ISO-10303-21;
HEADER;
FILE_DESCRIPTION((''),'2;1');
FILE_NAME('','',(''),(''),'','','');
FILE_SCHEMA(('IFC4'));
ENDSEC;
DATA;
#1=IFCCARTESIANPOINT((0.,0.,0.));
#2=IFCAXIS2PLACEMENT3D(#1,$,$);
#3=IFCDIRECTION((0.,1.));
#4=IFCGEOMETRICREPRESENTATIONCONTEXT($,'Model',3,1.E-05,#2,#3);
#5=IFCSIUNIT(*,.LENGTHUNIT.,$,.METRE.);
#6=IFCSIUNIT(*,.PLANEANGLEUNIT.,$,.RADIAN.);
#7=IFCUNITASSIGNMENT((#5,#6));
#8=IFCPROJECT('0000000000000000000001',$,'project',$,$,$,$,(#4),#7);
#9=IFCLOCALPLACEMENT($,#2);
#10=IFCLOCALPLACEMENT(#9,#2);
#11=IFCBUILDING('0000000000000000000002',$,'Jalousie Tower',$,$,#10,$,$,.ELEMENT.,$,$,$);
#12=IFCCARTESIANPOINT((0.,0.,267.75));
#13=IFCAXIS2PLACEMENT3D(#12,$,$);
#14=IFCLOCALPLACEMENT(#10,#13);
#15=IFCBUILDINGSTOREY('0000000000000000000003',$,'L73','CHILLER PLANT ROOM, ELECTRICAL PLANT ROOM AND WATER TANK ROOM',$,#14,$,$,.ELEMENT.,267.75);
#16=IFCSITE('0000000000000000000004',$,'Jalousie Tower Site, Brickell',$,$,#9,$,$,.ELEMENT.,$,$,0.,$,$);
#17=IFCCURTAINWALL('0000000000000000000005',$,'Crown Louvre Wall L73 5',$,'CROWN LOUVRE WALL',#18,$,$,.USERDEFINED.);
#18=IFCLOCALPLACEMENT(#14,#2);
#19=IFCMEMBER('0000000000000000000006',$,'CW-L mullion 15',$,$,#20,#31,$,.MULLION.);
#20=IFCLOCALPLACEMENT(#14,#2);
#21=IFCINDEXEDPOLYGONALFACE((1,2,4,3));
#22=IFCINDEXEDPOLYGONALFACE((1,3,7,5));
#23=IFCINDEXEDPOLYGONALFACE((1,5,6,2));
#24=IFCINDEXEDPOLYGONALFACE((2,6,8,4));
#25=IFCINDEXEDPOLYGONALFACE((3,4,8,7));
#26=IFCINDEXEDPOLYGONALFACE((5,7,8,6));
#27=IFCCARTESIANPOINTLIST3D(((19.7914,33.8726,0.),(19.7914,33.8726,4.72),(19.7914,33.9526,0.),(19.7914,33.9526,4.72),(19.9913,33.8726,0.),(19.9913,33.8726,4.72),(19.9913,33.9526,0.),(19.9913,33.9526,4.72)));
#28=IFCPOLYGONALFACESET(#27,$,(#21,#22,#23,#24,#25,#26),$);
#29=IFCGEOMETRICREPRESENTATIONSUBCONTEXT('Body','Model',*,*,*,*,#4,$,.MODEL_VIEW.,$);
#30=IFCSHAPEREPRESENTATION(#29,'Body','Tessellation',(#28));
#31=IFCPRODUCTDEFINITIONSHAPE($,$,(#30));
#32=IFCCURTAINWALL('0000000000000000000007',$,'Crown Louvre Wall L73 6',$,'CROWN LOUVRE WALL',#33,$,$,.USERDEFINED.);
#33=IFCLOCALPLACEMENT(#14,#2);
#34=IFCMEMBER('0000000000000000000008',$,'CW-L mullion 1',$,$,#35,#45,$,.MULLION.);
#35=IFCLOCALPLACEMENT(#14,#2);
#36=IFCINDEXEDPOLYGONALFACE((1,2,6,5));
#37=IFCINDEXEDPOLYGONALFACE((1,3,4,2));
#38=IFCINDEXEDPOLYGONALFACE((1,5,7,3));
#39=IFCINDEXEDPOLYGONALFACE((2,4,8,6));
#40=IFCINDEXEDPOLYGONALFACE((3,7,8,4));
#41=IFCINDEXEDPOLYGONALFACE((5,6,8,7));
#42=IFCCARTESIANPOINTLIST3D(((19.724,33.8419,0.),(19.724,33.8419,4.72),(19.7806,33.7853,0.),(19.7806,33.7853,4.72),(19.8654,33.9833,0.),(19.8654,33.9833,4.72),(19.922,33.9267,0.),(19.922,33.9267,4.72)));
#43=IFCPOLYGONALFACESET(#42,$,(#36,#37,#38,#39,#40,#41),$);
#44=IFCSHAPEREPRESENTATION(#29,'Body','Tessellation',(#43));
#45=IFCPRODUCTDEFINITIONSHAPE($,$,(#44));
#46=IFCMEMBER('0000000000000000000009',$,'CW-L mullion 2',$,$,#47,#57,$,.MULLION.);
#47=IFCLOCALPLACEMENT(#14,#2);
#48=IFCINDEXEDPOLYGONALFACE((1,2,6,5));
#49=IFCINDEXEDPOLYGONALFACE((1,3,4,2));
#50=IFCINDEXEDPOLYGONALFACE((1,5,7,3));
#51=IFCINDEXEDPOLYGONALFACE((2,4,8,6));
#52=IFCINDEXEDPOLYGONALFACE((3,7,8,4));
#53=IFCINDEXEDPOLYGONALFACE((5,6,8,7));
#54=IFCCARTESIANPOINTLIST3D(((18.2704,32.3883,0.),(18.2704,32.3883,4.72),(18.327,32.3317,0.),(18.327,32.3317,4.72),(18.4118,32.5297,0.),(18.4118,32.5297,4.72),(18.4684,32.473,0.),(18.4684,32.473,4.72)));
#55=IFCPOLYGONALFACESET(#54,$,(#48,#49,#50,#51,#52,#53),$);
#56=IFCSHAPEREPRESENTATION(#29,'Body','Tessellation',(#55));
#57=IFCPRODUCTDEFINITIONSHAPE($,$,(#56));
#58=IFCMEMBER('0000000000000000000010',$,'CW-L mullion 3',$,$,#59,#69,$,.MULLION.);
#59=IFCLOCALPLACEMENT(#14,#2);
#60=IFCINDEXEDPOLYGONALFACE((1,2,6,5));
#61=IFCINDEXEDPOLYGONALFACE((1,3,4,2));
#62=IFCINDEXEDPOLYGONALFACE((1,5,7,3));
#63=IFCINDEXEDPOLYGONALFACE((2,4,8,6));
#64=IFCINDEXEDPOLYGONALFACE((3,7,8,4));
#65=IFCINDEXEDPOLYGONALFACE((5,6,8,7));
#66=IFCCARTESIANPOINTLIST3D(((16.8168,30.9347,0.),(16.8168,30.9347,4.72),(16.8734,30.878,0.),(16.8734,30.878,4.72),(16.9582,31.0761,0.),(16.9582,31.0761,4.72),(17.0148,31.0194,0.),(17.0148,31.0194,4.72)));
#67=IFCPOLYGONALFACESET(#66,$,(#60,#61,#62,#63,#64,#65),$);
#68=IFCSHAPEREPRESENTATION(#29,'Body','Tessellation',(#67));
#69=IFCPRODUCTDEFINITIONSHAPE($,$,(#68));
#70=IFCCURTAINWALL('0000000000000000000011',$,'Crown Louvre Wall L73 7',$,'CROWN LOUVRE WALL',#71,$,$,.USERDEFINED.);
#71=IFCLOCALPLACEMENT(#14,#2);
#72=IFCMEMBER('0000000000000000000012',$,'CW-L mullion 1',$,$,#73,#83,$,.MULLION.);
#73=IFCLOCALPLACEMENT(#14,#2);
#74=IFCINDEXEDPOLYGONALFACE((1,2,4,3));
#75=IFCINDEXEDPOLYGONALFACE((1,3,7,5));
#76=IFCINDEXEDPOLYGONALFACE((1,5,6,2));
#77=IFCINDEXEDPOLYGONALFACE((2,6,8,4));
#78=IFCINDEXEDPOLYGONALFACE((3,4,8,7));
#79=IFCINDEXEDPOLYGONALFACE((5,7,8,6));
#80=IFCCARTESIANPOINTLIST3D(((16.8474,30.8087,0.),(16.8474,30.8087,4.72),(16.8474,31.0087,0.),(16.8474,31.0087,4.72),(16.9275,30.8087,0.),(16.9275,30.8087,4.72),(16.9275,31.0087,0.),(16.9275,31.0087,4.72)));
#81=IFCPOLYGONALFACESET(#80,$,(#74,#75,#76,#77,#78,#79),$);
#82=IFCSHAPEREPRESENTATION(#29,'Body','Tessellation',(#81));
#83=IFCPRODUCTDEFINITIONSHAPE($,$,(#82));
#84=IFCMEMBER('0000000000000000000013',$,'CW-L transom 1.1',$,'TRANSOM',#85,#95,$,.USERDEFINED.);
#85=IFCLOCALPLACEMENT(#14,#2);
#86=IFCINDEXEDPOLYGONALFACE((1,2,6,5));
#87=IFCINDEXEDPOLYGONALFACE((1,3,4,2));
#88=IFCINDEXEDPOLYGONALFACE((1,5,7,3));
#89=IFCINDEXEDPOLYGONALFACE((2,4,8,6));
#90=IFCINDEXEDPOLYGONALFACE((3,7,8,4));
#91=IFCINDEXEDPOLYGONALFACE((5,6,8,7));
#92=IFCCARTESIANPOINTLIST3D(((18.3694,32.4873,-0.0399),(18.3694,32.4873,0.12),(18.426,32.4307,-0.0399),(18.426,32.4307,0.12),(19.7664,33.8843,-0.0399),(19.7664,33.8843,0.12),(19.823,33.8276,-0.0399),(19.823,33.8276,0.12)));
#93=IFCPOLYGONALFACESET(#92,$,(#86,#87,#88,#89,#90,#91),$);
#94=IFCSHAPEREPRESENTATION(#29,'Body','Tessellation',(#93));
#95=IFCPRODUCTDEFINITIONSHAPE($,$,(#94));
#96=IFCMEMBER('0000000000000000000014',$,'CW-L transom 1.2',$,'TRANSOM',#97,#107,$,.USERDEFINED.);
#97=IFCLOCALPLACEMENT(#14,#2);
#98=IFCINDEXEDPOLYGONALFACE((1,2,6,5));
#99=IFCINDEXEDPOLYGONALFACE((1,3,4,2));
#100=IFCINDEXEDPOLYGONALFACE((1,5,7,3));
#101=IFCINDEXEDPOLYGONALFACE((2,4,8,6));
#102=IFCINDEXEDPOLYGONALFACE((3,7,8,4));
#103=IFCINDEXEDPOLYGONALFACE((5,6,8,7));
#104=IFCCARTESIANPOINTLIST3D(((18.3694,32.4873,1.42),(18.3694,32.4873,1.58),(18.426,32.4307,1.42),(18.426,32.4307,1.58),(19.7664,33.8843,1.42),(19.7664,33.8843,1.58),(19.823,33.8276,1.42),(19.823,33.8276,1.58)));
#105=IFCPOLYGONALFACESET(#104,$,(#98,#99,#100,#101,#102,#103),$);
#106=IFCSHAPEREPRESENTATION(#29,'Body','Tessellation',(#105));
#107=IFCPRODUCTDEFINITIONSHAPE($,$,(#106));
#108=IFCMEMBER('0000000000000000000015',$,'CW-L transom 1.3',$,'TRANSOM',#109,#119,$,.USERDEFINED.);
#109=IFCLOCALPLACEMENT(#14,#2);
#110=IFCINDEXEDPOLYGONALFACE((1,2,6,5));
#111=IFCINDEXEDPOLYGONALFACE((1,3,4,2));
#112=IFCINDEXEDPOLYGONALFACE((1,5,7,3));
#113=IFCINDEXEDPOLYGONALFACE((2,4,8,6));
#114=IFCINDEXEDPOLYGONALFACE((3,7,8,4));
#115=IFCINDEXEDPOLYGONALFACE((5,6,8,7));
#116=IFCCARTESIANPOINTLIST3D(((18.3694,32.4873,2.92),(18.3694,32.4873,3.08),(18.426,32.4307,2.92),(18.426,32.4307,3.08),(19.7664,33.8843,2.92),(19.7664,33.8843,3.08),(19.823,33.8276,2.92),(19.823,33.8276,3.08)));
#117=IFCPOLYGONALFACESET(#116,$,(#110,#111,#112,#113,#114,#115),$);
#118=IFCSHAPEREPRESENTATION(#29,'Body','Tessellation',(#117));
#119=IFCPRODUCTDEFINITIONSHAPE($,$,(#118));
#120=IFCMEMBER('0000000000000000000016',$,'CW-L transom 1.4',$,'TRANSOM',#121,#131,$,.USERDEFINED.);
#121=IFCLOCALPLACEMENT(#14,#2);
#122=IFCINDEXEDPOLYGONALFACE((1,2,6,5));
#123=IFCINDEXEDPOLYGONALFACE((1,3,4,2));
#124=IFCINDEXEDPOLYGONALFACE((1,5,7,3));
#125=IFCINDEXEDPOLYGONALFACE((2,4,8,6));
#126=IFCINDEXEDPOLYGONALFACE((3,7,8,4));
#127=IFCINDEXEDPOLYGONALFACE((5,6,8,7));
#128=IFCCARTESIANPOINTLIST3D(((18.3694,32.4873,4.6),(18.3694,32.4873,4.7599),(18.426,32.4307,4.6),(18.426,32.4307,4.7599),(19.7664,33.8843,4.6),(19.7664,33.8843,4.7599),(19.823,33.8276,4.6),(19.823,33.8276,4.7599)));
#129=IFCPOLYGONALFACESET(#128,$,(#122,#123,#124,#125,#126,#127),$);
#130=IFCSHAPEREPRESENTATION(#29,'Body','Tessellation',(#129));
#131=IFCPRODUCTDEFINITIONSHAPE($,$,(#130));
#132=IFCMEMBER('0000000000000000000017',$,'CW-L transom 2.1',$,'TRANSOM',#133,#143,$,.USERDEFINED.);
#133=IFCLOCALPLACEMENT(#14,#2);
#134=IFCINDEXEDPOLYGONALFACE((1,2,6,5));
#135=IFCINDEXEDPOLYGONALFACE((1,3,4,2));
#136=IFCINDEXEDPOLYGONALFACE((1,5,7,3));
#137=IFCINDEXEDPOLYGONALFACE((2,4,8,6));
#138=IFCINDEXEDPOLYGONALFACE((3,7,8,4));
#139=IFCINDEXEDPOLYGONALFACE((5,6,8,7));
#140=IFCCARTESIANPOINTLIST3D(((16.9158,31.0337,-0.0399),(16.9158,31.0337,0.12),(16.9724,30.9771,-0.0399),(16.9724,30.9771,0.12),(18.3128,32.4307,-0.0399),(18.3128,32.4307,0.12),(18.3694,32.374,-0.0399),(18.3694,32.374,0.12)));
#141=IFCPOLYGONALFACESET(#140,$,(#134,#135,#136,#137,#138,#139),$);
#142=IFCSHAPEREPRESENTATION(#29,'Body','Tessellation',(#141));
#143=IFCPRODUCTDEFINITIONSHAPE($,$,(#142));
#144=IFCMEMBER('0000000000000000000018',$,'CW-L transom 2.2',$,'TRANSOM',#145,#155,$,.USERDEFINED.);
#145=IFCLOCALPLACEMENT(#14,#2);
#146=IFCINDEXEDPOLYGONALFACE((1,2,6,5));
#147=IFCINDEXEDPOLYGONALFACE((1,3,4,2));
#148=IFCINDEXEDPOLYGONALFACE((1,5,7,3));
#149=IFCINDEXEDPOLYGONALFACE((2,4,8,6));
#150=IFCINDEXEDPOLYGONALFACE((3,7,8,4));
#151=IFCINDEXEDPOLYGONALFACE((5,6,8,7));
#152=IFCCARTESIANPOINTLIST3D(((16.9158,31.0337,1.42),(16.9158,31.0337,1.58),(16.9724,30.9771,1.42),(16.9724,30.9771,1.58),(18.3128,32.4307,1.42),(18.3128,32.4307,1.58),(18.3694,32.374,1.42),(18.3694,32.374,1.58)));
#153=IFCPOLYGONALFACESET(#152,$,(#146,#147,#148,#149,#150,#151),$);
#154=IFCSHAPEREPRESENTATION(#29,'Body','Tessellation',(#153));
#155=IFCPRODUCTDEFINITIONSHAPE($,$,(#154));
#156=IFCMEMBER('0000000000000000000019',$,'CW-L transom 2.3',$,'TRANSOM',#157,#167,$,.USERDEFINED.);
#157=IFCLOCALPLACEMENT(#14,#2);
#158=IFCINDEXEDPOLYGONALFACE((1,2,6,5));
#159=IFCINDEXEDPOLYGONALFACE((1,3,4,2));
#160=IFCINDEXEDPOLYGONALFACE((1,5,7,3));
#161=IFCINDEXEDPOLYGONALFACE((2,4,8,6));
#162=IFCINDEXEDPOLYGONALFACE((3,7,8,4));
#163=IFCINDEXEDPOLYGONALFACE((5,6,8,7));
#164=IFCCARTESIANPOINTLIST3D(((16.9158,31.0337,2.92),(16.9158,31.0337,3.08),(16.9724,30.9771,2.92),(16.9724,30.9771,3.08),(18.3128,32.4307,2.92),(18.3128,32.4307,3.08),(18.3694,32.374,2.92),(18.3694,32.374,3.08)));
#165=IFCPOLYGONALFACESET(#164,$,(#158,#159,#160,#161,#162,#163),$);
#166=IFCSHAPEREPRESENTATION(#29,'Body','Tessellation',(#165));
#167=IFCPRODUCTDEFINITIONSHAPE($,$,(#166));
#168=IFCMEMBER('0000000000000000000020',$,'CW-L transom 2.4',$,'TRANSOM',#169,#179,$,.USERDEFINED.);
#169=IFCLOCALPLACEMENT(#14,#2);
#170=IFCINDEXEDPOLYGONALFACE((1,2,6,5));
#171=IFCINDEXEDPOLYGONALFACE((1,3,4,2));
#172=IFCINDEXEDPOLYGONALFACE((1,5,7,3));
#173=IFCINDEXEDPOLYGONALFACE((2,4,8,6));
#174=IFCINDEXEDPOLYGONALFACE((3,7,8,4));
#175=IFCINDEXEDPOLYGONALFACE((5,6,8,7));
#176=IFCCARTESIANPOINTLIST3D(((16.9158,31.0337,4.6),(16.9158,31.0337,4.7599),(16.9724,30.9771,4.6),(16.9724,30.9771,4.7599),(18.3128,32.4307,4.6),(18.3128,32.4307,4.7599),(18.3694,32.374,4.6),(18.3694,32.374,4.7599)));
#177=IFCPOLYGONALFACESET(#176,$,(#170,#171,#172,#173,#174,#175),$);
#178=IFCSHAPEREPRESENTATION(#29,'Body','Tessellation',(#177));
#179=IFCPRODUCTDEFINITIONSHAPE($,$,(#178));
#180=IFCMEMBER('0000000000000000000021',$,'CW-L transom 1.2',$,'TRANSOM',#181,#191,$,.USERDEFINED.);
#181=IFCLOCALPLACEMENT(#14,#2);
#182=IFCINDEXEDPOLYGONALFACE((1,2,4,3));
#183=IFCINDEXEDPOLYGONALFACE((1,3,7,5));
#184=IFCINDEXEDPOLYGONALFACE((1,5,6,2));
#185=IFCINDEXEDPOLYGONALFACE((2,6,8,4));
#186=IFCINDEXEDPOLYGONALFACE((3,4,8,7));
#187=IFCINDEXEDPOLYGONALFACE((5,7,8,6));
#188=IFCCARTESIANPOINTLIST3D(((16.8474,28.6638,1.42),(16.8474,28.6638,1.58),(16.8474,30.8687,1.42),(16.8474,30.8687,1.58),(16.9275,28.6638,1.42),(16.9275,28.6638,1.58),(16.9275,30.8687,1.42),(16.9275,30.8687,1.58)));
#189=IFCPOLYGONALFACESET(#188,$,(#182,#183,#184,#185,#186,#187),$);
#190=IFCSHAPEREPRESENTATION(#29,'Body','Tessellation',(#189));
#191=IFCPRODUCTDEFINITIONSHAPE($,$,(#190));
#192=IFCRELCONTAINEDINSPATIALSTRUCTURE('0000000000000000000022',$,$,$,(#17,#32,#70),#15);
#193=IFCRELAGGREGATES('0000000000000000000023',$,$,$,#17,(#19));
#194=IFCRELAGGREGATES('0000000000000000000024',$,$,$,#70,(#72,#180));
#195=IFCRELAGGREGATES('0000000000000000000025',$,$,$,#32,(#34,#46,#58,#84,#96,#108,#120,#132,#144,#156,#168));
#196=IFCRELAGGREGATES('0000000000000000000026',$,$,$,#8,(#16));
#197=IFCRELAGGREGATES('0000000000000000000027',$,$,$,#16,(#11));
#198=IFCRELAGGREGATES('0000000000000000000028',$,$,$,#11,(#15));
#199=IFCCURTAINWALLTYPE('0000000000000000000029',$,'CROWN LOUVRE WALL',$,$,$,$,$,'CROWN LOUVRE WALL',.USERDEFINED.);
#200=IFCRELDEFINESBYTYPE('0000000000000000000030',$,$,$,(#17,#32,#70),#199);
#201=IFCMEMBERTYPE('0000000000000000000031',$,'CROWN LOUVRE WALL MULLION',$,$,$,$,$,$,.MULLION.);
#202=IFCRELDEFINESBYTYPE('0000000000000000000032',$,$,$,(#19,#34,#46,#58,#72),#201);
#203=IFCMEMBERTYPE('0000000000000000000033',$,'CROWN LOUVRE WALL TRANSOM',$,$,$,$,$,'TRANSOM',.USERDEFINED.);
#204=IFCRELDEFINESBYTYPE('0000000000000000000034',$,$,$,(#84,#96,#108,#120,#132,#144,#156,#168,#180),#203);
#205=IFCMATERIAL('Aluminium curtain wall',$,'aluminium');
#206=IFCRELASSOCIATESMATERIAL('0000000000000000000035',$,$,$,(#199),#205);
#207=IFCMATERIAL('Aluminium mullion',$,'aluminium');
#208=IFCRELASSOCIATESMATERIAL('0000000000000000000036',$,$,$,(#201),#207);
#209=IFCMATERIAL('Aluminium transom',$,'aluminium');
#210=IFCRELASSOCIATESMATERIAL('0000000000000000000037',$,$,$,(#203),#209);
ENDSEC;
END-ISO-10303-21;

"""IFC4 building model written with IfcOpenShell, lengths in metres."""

from ifc_helpers import new_model, si_unit, direction, frame, origin, origin_2d, place, context, subcontext, project, spatial, rectangle, extrude, material, material_profile, profile_set, type_object, element, aggregate, save


model = new_model("IFC4")

# Units and contexts
model_context = context("Model", 3, precision=1e-05, world=origin(), true_north=direction((0.0, 1.0)))
body_context = subcontext(model_context, "Body", "Model", "MODEL_VIEW")
ifc_project = project(units=[si_unit("LENGTHUNIT", "METRE"), si_unit("PLANEANGLEUNIT", "RADIAN")], contexts=[model_context])

# Site, building, storey
site_placement = place(None, origin())
site = spatial("IfcSite", under=ifc_project, at=site_placement, Name="Jalousie Tower Site, Brickell", CompositionType="ELEMENT", RefElevation=0.0)
building_placement = place(site_placement, origin())
building = spatial("IfcBuilding", under=site, at=building_placement, Name="Jalousie Tower", CompositionType="ELEMENT")
storey_placement = place(building_placement, frame((0.0, 0.0, 267.75)))
storey = spatial("IfcBuildingStorey", under=building, at=storey_placement, Name="L73", Description="CHILLER PLANT ROOM, ELECTRICAL PLANT ROOM AND WATER TANK ROOM", CompositionType="ELEMENT", Elevation=267.75)

# Curtain wall, member
ifc_material_1 = material(Name="Aluminium curtain wall", Category="aluminium")
curtain_wall_type = type_object("IfcCurtainWallType", Name="CROWN LOUVRE WALL", ElementType="CROWN LOUVRE WALL", PredefinedType="USERDEFINED", material=ifc_material_1)
curtain_wall_1_placement = place(storey_placement, origin())
curtain_wall_1 = element("IfcCurtainWall", 1, at=curtain_wall_1_placement, inside=storey, type_object=curtain_wall_type, Name="Crown Louvre Wall L73 5", ObjectType="CROWN LOUVRE WALL", PredefinedType="USERDEFINED")
ifc_material_2 = material(Name="Aluminium mullion", Category="aluminium")
ifc_material_profile_1 = material_profile(ifc_material_2, rectangle(XDim=0.0801, YDim=0.2, at=origin_2d()), Name="MULLION 80x200")
ifc_profile_set_1 = profile_set([ifc_material_profile_1], Name="Aluminium mullion")
member_type_1 = type_object("IfcMemberType", Name="CROWN LOUVRE WALL MULLION", PredefinedType="MULLION", material=ifc_profile_set_1)
member_1_placement = place(storey_placement, frame((19.8914, 33.9126, 0.0), z_axis=(0.0, 0.0, 1.0), x_axis=(0.0, -1.0, 0.0)))
member_1 = element("IfcMember", 2, at=member_1_placement, type_object=member_type_1, Name="CW-L mullion 15", PredefinedType="MULLION", context=body_context, shape_type="SweptSolid", body=[
    extrude(rectangle(XDim=0.0801, YDim=0.2, at=origin_2d()), origin(), (0.0, 0.0, 1.0), 4.72),
])
aggregate(curtain_wall_1, [member_1])

# Curtain wall, members
curtain_wall_2_placement = place(storey_placement, origin())
curtain_wall_2 = element("IfcCurtainWall", 3, at=curtain_wall_2_placement, inside=storey, type_object=curtain_wall_type, Name="Crown Louvre Wall L73 6", ObjectType="CROWN LOUVRE WALL", PredefinedType="USERDEFINED")
member_2_placement = place(storey_placement, frame((19.823, 33.8843, 0.0), z_axis=(0.0, 0.0, 1.0), x_axis=(0.707107, -0.707107, 0.0)))
member_2 = element("IfcMember", 4, at=member_2_placement, type_object=member_type_1, Name="CW-L mullion 1", PredefinedType="MULLION", context=body_context, shape_type="SweptSolid", body=[
    extrude(rectangle(XDim=0.0801, YDim=0.2, at=origin_2d()), origin(), (0.0, 0.0, 1.0), 4.72),
])
member_3_placement = place(storey_placement, frame((18.3694, 32.4307, 0.0), z_axis=(0.0, 0.0, 1.0), x_axis=(0.707107, -0.707107, 0.0)))
member_3 = element("IfcMember", 5, at=member_3_placement, type_object=member_type_1, Name="CW-L mullion 2", PredefinedType="MULLION", context=body_context, shape_type="SweptSolid", body=[
    extrude(rectangle(XDim=0.0801, YDim=0.2, at=origin_2d()), origin(), (0.0, 0.0, 1.0), 4.72),
])
member_4_placement = place(storey_placement, frame((16.9158, 30.9771, 0.0), z_axis=(0.0, 0.0, 1.0), x_axis=(0.707107, -0.707107, 0.0)))
member_4 = element("IfcMember", 6, at=member_4_placement, type_object=member_type_1, Name="CW-L mullion 3", PredefinedType="MULLION", context=body_context, shape_type="SweptSolid", body=[
    extrude(rectangle(XDim=0.0801, YDim=0.2, at=origin_2d()), origin(), (0.0, 0.0, 1.0), 4.72),
])

# Curtain wall, member
curtain_wall_3_placement = place(storey_placement, origin())
curtain_wall_3 = element("IfcCurtainWall", 7, at=curtain_wall_3_placement, inside=storey, type_object=curtain_wall_type, Name="Crown Louvre Wall L73 7", ObjectType="CROWN LOUVRE WALL", PredefinedType="USERDEFINED")
member_5_placement = place(storey_placement, frame((16.8875, 30.9087, 0.0), z_axis=(0.0, 0.0, 1.0), x_axis=(1.0, 0.0, 0.0)))
member_5 = element("IfcMember", 8, at=member_5_placement, type_object=member_type_1, Name="CW-L mullion 1", PredefinedType="MULLION", context=body_context, shape_type="SweptSolid", body=[
    extrude(rectangle(XDim=0.0801, YDim=0.2, at=origin_2d()), origin(), (0.0, 0.0, 1.0), 4.72),
])

# Members
ifc_material_3 = material(Name="Aluminium transom", Category="aluminium")
ifc_material_profile_2 = material_profile(ifc_material_3, rectangle(XDim=0.0801, YDim=0.1599, at=origin_2d()), Name="TRANSOM 80x160")
ifc_profile_set_2 = profile_set([ifc_material_profile_2], Name="Aluminium transom")
member_type_2 = type_object("IfcMemberType", Name="CROWN LOUVRE WALL TRANSOM", ElementType="TRANSOM", PredefinedType="USERDEFINED", material=ifc_profile_set_2)
member_6_placement = place(storey_placement, frame((19.7947, 33.856, 0.04), z_axis=(-0.707107, -0.707107, 0.0), x_axis=(0.707107, -0.707107, 0.0)))
member_6 = element("IfcMember", 9, at=member_6_placement, type_object=member_type_2, Name="CW-L transom 1.1", ObjectType="TRANSOM", PredefinedType="USERDEFINED", context=body_context, shape_type="SweptSolid", body=[
    extrude(rectangle(XDim=0.0801, YDim=0.1599, at=origin_2d()), origin(), (0.0, 0.0, 1.0), 1.9756),
])
member_7_placement = place(storey_placement, frame((19.7947, 33.856, 1.5), z_axis=(-0.707107, -0.707107, 0.0), x_axis=(0.707107, -0.707107, 0.0)))
member_7 = element("IfcMember", 10, at=member_7_placement, type_object=member_type_2, Name="CW-L transom 1.2", ObjectType="TRANSOM", PredefinedType="USERDEFINED", context=body_context, shape_type="SweptSolid", body=[
    extrude(rectangle(XDim=0.0801, YDim=0.1599, at=origin_2d()), origin(), (0.0, 0.0, 1.0), 1.9756),
])
member_8_placement = place(storey_placement, frame((19.7947, 33.856, 3.0), z_axis=(-0.707107, -0.707107, 0.0), x_axis=(0.707107, -0.707107, 0.0)))
member_8 = element("IfcMember", 11, at=member_8_placement, type_object=member_type_2, Name="CW-L transom 1.3", ObjectType="TRANSOM", PredefinedType="USERDEFINED", context=body_context, shape_type="SweptSolid", body=[
    extrude(rectangle(XDim=0.0801, YDim=0.1599, at=origin_2d()), origin(), (0.0, 0.0, 1.0), 1.9756),
])
member_9_placement = place(storey_placement, frame((19.7947, 33.856, 4.6799), z_axis=(-0.707107, -0.707107, 0.0), x_axis=(0.707107, -0.707107, 0.0)))
member_9 = element("IfcMember", 12, at=member_9_placement, type_object=member_type_2, Name="CW-L transom 1.4", ObjectType="TRANSOM", PredefinedType="USERDEFINED", context=body_context, shape_type="SweptSolid", body=[
    extrude(rectangle(XDim=0.0801, YDim=0.1599, at=origin_2d()), origin(), (0.0, 0.0, 1.0), 1.9756),
])
member_10_placement = place(storey_placement, frame((18.3411, 32.4023, 0.04), z_axis=(-0.707107, -0.707107, 0.0), x_axis=(0.707107, -0.707107, 0.0)))
member_10 = element("IfcMember", 13, at=member_10_placement, type_object=member_type_2, Name="CW-L transom 2.1", ObjectType="TRANSOM", PredefinedType="USERDEFINED", context=body_context, shape_type="SweptSolid", body=[
    extrude(rectangle(XDim=0.0801, YDim=0.1599, at=origin_2d()), origin(), (0.0, 0.0, 1.0), 1.9756),
])
member_11_placement = place(storey_placement, frame((18.3411, 32.4023, 1.5), z_axis=(-0.707107, -0.707107, 0.0), x_axis=(0.707107, -0.707107, 0.0)))
member_11 = element("IfcMember", 14, at=member_11_placement, type_object=member_type_2, Name="CW-L transom 2.2", ObjectType="TRANSOM", PredefinedType="USERDEFINED", context=body_context, shape_type="SweptSolid", body=[
    extrude(rectangle(XDim=0.0801, YDim=0.1599, at=origin_2d()), origin(), (0.0, 0.0, 1.0), 1.9756),
])
member_12_placement = place(storey_placement, frame((18.3411, 32.4023, 3.0), z_axis=(-0.707107, -0.707107, 0.0), x_axis=(0.707107, -0.707107, 0.0)))
member_12 = element("IfcMember", 15, at=member_12_placement, type_object=member_type_2, Name="CW-L transom 2.3", ObjectType="TRANSOM", PredefinedType="USERDEFINED", context=body_context, shape_type="SweptSolid", body=[
    extrude(rectangle(XDim=0.0801, YDim=0.1599, at=origin_2d()), origin(), (0.0, 0.0, 1.0), 1.9756),
])
member_13_placement = place(storey_placement, frame((18.3411, 32.4023, 4.6799), z_axis=(-0.707107, -0.707107, 0.0), x_axis=(0.707107, -0.707107, 0.0)))
member_13 = element("IfcMember", 16, at=member_13_placement, type_object=member_type_2, Name="CW-L transom 2.4", ObjectType="TRANSOM", PredefinedType="USERDEFINED", context=body_context, shape_type="SweptSolid", body=[
    extrude(rectangle(XDim=0.0801, YDim=0.1599, at=origin_2d()), origin(), (0.0, 0.0, 1.0), 1.9756),
])
member_14_placement = place(storey_placement, frame((16.8875, 30.8687, 1.5), z_axis=(0.0, -1.0, 0.0), x_axis=(1.0, 0.0, 0.0)))
member_14 = element("IfcMember", 17, at=member_14_placement, type_object=member_type_2, Name="CW-L transom 1.2", ObjectType="TRANSOM", PredefinedType="USERDEFINED", context=body_context, shape_type="SweptSolid", body=[
    extrude(rectangle(XDim=0.0801, YDim=0.1599, at=origin_2d()), origin(), (0.0, 0.0, 1.0), 2.2048),
])
aggregate(curtain_wall_3, [member_5, member_14])

aggregate(curtain_wall_2, [member_2, member_3, member_4, member_6, member_7, member_8, member_9, member_10, member_11, member_12, member_13])

save(model, "model.ifc")
